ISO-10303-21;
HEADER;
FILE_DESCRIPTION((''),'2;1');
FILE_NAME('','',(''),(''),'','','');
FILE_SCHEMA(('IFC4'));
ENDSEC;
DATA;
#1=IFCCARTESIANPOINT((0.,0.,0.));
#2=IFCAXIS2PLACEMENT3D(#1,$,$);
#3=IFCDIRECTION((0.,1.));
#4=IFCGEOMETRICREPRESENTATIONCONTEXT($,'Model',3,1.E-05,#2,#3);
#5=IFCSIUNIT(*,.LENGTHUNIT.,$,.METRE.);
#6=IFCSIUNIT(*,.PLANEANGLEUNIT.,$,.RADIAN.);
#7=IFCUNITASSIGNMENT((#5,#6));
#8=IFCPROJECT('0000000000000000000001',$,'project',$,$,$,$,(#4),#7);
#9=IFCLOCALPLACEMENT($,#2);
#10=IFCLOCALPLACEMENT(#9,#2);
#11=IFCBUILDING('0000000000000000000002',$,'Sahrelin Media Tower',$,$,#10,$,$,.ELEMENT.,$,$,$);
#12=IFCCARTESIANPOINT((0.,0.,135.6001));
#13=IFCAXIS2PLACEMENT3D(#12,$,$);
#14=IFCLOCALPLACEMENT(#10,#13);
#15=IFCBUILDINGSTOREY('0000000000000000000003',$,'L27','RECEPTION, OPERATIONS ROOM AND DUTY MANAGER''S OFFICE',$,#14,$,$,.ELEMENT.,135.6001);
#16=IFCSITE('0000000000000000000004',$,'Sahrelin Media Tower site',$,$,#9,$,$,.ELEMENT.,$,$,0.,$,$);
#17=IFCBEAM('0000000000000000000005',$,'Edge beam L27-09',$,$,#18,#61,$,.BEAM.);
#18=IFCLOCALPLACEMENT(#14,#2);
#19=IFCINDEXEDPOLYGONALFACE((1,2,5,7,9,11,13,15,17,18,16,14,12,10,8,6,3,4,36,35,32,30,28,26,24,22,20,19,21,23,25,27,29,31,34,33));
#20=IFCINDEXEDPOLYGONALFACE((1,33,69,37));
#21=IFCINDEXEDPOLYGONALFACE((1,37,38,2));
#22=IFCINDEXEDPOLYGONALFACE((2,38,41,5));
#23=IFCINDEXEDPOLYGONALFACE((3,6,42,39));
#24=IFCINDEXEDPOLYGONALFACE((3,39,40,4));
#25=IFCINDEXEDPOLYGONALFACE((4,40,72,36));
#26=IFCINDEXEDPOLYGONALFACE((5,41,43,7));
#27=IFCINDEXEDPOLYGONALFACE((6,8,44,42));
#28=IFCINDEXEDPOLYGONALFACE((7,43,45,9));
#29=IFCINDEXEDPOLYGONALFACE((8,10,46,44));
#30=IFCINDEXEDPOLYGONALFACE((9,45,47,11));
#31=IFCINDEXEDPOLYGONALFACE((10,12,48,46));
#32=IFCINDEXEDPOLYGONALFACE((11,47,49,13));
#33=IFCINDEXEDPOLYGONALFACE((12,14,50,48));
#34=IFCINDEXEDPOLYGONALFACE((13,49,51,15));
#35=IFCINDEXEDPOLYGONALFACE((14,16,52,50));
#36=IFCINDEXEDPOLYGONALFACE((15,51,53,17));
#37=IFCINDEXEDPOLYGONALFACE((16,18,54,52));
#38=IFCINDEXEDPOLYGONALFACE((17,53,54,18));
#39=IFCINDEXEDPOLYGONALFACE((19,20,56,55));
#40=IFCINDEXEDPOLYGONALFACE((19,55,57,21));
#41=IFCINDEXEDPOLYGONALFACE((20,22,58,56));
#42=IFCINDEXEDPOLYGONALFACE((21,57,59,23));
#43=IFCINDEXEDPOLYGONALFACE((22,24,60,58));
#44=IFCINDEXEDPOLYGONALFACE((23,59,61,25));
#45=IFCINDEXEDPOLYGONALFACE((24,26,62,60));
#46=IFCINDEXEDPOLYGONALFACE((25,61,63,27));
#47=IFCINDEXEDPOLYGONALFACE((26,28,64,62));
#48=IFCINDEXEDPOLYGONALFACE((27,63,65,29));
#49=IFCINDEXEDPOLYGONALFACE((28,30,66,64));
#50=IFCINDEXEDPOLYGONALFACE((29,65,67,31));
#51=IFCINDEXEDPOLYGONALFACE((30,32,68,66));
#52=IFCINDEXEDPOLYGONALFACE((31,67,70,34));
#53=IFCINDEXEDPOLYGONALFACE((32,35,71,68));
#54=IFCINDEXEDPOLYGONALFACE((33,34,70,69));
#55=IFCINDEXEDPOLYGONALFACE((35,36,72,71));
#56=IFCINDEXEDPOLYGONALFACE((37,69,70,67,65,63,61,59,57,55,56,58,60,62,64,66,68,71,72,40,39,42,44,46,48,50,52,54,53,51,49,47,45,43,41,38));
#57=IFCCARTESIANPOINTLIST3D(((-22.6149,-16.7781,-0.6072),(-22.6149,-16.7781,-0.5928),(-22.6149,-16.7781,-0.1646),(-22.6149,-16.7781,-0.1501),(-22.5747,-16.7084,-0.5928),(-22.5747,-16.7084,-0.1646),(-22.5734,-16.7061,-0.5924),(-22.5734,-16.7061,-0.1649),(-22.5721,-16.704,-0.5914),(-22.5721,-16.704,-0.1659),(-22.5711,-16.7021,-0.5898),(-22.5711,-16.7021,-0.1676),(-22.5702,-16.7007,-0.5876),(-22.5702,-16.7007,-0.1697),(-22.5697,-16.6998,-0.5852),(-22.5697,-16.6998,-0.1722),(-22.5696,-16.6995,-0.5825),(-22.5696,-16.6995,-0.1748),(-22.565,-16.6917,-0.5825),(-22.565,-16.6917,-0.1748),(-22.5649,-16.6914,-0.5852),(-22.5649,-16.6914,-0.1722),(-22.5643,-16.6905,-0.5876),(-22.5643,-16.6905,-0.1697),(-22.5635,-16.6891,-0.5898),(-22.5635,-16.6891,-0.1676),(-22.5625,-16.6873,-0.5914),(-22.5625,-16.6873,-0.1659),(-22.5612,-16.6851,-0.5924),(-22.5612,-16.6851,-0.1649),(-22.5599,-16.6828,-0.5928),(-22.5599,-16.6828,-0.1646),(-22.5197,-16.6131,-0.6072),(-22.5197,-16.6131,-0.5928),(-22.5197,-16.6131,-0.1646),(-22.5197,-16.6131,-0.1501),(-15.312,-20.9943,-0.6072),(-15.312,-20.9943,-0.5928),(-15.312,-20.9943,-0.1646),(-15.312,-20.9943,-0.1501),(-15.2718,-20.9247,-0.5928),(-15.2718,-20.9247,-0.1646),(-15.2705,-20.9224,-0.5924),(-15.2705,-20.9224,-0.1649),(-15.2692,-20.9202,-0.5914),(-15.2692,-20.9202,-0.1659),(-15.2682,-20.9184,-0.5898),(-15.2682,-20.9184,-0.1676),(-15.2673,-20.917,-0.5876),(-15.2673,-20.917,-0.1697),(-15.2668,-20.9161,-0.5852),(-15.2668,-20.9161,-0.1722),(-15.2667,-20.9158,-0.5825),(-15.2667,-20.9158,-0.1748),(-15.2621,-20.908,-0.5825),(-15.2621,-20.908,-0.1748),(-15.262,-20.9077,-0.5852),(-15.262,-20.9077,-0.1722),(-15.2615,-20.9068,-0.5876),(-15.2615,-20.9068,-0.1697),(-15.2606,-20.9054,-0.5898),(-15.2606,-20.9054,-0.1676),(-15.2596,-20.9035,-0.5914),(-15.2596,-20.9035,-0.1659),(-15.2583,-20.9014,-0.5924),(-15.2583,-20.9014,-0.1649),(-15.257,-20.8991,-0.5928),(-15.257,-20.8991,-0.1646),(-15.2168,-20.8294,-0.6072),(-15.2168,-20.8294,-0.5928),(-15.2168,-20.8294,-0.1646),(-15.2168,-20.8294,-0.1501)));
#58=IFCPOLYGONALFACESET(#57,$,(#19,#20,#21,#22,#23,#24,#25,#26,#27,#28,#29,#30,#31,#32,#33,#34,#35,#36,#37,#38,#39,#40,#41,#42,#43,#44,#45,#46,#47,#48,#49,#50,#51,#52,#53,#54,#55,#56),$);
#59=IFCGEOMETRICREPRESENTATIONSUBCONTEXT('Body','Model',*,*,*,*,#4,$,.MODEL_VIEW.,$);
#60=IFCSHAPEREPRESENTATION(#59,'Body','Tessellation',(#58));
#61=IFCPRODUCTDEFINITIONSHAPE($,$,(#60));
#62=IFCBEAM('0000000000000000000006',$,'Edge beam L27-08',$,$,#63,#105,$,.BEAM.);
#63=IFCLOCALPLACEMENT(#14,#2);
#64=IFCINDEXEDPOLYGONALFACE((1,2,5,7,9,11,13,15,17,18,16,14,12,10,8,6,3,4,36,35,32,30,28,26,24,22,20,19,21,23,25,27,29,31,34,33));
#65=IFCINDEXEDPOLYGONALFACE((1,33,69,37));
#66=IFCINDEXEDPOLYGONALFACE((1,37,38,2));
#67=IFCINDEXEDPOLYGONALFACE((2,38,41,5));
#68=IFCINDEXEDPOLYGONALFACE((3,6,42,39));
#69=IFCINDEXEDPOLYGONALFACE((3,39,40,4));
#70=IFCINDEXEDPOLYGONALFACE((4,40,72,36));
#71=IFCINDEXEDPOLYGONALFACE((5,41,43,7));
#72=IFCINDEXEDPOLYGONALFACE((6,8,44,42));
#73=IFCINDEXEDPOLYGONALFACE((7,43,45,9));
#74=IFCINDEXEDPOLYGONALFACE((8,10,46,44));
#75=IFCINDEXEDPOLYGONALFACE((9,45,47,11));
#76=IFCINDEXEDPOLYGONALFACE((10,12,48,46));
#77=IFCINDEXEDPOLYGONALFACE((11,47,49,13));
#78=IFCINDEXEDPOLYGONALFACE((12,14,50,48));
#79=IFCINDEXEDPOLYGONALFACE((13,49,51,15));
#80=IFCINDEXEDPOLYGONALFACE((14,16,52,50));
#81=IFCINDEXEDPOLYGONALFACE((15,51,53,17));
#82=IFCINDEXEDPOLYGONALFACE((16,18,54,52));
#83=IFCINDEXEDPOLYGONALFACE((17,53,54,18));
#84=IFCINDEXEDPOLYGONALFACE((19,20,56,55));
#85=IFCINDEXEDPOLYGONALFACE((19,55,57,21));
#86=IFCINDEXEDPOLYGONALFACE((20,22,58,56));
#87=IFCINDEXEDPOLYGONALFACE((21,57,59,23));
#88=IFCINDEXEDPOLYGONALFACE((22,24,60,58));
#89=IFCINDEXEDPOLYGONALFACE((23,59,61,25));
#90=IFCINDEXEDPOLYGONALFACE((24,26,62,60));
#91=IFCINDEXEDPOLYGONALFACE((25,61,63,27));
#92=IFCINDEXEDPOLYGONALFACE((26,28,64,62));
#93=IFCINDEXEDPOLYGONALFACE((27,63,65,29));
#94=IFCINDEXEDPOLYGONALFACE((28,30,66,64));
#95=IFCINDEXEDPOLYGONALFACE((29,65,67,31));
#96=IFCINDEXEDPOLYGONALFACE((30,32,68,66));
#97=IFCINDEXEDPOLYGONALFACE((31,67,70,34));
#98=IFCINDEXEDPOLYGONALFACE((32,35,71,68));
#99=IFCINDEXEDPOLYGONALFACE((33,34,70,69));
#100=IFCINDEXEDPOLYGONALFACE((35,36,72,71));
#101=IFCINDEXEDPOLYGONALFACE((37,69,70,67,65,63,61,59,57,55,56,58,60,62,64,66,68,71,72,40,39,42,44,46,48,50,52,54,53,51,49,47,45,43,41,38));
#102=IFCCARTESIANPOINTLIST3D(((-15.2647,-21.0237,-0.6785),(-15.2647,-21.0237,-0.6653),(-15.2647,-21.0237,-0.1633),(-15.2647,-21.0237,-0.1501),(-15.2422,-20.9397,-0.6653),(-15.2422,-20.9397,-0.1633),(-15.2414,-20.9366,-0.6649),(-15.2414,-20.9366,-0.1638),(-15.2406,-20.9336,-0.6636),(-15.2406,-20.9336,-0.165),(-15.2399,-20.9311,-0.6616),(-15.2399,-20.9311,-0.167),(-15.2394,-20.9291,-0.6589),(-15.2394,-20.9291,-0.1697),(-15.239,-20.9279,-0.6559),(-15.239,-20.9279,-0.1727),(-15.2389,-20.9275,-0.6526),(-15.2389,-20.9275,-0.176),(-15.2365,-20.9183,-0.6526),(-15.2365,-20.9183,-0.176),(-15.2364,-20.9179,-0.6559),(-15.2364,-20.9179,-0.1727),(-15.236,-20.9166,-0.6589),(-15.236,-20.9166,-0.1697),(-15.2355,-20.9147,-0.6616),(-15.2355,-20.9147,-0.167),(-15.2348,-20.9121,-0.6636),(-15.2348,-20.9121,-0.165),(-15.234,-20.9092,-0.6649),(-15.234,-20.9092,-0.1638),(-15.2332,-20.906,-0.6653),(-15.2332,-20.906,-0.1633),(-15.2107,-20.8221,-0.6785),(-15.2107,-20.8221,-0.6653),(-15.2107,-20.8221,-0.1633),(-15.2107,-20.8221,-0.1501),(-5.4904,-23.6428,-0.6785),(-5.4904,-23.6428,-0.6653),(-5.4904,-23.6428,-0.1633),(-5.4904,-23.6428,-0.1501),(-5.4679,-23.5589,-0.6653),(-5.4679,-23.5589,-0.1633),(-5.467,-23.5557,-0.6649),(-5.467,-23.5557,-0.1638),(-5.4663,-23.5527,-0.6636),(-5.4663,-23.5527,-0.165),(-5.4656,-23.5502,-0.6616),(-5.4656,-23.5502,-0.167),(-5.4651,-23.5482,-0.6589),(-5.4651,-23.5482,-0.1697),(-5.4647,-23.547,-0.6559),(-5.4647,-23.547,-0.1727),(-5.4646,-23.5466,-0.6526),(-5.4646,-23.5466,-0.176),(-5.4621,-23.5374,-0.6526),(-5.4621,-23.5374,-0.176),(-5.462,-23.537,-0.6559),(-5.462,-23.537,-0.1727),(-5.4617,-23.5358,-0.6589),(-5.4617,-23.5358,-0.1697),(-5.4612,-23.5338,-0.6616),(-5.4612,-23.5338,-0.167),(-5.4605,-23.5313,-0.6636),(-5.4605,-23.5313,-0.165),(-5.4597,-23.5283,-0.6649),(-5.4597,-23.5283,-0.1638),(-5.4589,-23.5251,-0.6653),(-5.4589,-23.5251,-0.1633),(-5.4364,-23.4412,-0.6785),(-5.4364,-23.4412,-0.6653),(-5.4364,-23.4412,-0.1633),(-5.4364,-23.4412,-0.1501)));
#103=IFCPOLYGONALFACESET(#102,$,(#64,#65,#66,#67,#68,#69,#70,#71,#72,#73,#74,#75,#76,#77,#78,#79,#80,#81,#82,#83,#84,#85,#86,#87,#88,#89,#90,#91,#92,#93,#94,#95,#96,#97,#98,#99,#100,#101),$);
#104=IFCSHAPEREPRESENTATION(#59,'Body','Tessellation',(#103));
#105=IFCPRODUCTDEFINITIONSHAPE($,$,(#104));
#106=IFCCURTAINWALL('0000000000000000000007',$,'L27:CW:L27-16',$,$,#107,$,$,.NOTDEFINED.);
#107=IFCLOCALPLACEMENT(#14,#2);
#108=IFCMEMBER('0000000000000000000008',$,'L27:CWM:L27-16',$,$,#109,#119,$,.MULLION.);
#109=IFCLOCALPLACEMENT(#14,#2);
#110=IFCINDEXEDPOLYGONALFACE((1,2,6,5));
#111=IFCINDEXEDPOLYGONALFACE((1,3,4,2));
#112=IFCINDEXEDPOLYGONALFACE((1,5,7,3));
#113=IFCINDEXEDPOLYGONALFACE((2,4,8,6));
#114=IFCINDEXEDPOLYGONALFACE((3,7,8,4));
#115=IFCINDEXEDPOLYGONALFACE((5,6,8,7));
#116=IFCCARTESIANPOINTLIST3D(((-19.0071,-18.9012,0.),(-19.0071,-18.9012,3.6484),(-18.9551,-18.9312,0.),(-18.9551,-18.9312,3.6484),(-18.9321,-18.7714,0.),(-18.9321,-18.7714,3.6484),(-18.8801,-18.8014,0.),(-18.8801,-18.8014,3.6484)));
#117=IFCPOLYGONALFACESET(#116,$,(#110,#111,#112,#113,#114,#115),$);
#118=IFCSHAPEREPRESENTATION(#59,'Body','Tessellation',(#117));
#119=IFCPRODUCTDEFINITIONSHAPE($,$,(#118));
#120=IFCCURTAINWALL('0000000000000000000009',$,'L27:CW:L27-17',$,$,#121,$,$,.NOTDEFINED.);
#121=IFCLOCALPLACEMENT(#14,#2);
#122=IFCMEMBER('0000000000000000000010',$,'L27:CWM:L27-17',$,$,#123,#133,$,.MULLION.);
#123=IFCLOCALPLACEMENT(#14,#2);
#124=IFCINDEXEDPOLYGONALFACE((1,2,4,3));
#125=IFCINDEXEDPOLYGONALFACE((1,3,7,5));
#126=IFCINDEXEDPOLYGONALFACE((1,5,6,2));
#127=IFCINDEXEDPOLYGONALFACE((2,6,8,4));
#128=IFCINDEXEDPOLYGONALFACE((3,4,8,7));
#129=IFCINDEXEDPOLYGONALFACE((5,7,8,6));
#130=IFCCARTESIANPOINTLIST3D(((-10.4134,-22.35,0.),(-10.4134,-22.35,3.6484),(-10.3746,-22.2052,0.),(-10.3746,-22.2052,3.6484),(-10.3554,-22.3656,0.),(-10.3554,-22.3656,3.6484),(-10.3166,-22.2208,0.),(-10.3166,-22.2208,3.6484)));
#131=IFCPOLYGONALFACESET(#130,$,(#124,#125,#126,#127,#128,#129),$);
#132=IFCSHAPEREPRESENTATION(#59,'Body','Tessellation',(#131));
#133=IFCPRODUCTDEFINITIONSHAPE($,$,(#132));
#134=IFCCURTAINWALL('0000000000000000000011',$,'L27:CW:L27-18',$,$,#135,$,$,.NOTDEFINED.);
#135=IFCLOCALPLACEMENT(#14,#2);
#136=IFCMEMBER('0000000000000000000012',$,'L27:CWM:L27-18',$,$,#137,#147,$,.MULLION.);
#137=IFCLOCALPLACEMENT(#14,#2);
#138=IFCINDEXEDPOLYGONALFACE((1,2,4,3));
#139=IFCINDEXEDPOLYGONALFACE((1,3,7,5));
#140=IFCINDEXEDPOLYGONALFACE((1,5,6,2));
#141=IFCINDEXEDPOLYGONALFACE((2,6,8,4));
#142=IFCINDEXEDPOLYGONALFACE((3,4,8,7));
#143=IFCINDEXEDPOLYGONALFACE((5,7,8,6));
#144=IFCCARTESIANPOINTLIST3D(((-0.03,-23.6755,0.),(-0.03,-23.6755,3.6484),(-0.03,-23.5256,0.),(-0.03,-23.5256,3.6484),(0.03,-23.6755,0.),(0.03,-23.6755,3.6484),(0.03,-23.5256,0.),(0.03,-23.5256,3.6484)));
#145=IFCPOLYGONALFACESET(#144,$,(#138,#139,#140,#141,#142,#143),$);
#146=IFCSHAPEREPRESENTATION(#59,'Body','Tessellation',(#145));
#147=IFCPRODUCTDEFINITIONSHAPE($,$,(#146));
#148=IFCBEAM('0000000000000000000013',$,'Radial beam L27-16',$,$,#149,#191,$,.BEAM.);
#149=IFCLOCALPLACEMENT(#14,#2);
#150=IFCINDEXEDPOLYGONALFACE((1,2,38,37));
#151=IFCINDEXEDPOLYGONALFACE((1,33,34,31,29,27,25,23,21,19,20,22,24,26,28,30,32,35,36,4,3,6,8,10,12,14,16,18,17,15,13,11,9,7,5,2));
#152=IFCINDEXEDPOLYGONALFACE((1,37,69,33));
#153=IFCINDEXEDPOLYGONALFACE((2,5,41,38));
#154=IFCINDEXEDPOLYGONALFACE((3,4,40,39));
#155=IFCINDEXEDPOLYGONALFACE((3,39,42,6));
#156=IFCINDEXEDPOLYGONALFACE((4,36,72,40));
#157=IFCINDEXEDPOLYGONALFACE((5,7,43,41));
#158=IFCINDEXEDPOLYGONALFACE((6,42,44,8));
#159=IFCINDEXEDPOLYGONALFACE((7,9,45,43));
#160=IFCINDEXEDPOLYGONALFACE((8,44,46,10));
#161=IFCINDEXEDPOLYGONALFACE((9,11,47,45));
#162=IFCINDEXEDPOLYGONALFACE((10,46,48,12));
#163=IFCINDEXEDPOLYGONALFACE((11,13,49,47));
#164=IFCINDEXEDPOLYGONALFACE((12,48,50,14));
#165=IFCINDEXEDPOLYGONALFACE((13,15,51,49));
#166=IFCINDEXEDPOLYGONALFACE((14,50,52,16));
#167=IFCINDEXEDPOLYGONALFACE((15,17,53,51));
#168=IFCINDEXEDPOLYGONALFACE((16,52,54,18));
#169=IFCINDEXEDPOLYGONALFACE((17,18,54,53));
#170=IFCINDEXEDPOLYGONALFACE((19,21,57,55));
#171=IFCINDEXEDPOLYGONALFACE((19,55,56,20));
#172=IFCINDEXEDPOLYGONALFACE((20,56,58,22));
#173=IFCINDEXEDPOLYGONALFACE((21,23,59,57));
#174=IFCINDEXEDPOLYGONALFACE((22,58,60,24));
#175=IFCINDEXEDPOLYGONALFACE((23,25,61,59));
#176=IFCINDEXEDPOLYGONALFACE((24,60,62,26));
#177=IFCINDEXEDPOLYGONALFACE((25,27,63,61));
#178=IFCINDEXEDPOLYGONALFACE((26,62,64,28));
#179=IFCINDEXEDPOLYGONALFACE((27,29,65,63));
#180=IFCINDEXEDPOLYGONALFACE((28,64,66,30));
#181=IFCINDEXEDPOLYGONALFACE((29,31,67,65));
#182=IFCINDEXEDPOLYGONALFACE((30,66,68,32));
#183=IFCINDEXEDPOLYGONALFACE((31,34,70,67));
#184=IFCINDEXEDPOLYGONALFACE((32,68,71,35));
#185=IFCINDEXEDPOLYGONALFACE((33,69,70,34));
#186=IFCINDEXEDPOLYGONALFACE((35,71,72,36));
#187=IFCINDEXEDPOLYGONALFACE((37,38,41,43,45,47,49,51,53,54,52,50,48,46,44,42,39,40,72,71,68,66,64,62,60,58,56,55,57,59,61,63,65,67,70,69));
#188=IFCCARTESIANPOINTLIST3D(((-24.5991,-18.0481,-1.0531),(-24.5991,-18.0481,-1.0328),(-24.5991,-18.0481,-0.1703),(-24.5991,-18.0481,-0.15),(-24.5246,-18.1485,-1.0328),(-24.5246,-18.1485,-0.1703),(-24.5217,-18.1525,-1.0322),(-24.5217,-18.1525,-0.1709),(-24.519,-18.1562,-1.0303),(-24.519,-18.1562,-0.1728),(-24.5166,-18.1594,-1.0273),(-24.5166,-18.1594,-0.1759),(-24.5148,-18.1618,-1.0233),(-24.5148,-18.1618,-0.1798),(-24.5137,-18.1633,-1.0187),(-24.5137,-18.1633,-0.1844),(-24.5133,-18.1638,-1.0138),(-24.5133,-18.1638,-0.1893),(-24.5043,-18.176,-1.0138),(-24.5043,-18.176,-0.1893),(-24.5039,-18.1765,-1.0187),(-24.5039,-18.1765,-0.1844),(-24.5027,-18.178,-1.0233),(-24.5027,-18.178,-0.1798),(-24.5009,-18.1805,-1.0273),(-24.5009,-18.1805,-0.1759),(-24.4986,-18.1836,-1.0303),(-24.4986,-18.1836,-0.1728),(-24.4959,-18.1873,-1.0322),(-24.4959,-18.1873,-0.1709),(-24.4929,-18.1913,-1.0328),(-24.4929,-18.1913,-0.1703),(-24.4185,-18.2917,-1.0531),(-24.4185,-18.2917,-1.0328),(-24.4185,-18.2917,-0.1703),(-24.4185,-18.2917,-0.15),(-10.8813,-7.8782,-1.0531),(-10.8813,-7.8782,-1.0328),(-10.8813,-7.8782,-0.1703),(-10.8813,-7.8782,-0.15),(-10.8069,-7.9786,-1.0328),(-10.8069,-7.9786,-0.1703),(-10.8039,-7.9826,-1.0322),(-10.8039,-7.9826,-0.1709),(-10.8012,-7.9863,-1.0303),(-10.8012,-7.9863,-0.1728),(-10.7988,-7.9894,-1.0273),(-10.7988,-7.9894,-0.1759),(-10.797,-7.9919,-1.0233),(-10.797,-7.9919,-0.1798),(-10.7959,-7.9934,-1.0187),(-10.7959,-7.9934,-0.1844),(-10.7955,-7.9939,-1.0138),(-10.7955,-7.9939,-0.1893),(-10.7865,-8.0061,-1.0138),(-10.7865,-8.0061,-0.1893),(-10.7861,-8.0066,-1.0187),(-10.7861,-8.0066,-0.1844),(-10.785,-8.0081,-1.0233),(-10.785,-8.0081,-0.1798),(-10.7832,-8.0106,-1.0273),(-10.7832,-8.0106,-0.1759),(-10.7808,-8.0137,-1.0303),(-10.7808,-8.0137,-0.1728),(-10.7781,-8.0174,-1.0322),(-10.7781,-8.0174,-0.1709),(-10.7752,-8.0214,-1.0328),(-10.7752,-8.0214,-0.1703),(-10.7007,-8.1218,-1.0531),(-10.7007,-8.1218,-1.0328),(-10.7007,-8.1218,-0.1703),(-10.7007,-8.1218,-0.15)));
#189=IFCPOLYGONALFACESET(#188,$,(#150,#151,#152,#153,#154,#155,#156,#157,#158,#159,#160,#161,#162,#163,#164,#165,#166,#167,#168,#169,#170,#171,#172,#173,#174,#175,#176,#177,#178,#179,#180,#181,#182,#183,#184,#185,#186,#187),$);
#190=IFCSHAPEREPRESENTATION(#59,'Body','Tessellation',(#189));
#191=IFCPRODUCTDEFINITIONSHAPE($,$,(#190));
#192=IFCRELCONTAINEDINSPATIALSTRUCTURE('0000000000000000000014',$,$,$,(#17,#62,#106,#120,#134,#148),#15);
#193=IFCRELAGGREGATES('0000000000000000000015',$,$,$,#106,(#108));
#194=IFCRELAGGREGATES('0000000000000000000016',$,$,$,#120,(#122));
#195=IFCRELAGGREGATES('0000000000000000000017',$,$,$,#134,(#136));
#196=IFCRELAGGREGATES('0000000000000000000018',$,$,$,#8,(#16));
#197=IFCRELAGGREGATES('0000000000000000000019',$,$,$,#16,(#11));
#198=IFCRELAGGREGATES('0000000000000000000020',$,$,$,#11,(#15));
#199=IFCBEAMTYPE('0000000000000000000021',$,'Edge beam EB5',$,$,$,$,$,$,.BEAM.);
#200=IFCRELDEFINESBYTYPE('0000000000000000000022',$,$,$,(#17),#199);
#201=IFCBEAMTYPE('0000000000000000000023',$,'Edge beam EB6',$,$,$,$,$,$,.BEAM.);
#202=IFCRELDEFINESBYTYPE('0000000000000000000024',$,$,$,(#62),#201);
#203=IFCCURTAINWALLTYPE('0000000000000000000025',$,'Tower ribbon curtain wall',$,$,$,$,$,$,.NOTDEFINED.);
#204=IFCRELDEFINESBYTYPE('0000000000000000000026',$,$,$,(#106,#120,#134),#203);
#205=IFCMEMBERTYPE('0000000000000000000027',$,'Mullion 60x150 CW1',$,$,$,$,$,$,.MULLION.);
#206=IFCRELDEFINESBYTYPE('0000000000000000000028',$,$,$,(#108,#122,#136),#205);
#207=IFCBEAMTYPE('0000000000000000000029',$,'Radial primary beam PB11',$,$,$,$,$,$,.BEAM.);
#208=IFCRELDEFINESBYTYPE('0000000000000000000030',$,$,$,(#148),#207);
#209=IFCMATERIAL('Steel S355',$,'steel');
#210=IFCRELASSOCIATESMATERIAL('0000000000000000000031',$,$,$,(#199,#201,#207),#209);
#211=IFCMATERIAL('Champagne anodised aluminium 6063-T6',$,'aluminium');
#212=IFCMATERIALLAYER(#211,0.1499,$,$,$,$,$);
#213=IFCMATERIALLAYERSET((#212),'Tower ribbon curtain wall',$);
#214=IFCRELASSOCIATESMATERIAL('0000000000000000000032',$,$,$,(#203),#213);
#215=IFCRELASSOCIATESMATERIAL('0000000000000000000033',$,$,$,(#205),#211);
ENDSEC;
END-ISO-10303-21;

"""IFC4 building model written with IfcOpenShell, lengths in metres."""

from ifc_helpers import new_model, si_unit, direction, frame, origin, origin_2d, place, context, subcontext, project, spatial, rectangle, i_section, extrude, material, layer, layer_set, material_profile, profile_set, type_object, element, aggregate, save


model = new_model("IFC4")

# Units and contexts
model_context = context("Model", 3, precision=1e-05, world=origin(), true_north=direction((0.0, 1.0)))
body_context = subcontext(model_context, "Body", "Model", "MODEL_VIEW")
ifc_project = project(units=[si_unit("LENGTHUNIT", "METRE"), si_unit("PLANEANGLEUNIT", "RADIAN")], contexts=[model_context])

# Site, building, storey
site_placement = place(None, origin())
site = spatial("IfcSite", under=ifc_project, at=site_placement, Name="Sahrelin Media Tower site", CompositionType="ELEMENT", RefElevation=0.0)
building_placement = place(site_placement, origin())
building = spatial("IfcBuilding", under=site, at=building_placement, Name="Sahrelin Media Tower", CompositionType="ELEMENT")
storey_placement = place(building_placement, frame((0.0, 0.0, 135.6001)))
storey = spatial("IfcBuildingStorey", under=building, at=storey_placement, Name="L27", Description="RECEPTION, OPERATIONS ROOM AND DUTY MANAGER'S OFFICE", CompositionType="ELEMENT", Elevation=135.6001)

# Beams
ifc_material_1 = material(Name="Steel S355", Category="steel")
ifc_material_profile_1 = material_profile(ifc_material_1, i_section(OverallWidth=0.1904, OverallDepth=0.457, WebThickness=0.009, FlangeThickness=0.0144, FilletRadius=0.0103, at=origin_2d()), Name="UB 457x191x74")
ifc_profile_set_1 = profile_set([ifc_material_profile_1], Name="Steel S355")
beam_type_1 = type_object("IfcBeamType", Name="Edge beam EB5", PredefinedType="BEAM", material=ifc_profile_set_1)
beam_1_placement = place(storey_placement, frame((-15.2644, -20.9119, -0.3787), z_axis=(-0.866029, 0.499994, 0.0), x_axis=(-0.499994, -0.866029, 0.0)))
element("IfcBeam", 1, at=beam_1_placement, inside=storey, type_object=beam_type_1, Name="Edge beam L27-09", PredefinedType="BEAM", context=body_context, shape_type="SweptSolid", body=[
    extrude(i_section(OverallWidth=0.1904, OverallDepth=0.457, WebThickness=0.009, FlangeThickness=0.0144, FilletRadius=0.0103, at=origin_2d()), origin(), (0.0, 0.0, 1.0), 8.4326),
])
ifc_material_profile_2 = material_profile(ifc_material_1, i_section(OverallWidth=0.2087, OverallDepth=0.5283, WebThickness=0.0095, FlangeThickness=0.0132, FilletRadius=0.0127, at=origin_2d()), Name="UB 533x210x82")
ifc_profile_set_2 = profile_set([ifc_material_profile_2], Name="Steel S355")
beam_type_2 = type_object("IfcBeamType", Name="Edge beam EB6", PredefinedType="BEAM", material=ifc_profile_set_2)
beam_2_placement = place(storey_placement, frame((-5.4634, -23.542, -0.4143), z_axis=(-0.965923, 0.258828, 0.0), x_axis=(-0.258828, -0.965923, 0.0)))
element("IfcBeam", 2, at=beam_2_placement, inside=storey, type_object=beam_type_2, Name="Edge beam L27-08", PredefinedType="BEAM", context=body_context, shape_type="SweptSolid", body=[
    extrude(i_section(OverallWidth=0.2087, OverallDepth=0.5283, WebThickness=0.0095, FlangeThickness=0.0132, FilletRadius=0.0127, at=origin_2d()), origin(), (0.0, 0.0, 1.0), 10.1191),
])

# Curtain walls, members
ifc_material_2 = material(Name="Champagne anodised aluminium 6063-T6", Category="aluminium")
ifc_layer_1 = layer(ifc_material_2, 0.1499)
ifc_layer_set_1 = layer_set([ifc_layer_1], Name="Tower ribbon curtain wall")
curtain_wall_type = type_object("IfcCurtainWallType", Name="Tower ribbon curtain wall", PredefinedType="NOTDEFINED", material=ifc_layer_set_1)
curtain_wall_1_placement = place(storey_placement, frame((-18.991, -18.9336, 0.0), z_axis=(0.0, 0.0, 1.0), x_axis=(1.0, 0.0, 0.0)))
curtain_wall_1 = element("IfcCurtainWall", 3, at=curtain_wall_1_placement, inside=storey, type_object=curtain_wall_type, Name="L27:CW:L27-16", PredefinedType="NOTDEFINED")
ifc_material_profile_3 = material_profile(ifc_material_2, rectangle(XDim=0.0601, YDim=0.1499, at=origin_2d()), Name="Mullion 60x150")
ifc_profile_set_3 = profile_set([ifc_material_profile_3], Name="Champagne anodised aluminium 6063-T6")
member_type_1 = type_object("IfcMemberType", Name="Mullion 60x150 CW1", PredefinedType="MULLION", material=ifc_profile_set_3)
member_1_placement = place(storey_placement, frame((-18.9436, -18.8513, 0.0), z_axis=(0.0, 0.0, 1.0), x_axis=(0.866027, -0.499997, 0.0)))
member_1 = element("IfcMember", 4, at=member_1_placement, type_object=member_type_1, Name="L27:CWM:L27-16", PredefinedType="MULLION", context=body_context, shape_type="SweptSolid", body=[
    extrude(rectangle(XDim=0.0601, YDim=0.1499, at=origin_2d()), origin(), (0.0, 0.0, 1.0), 3.6484),
])
aggregate(curtain_wall_1, [member_1])
curtain_wall_2_placement = place(storey_placement, frame((-10.3894, -22.3772, 0.0), z_axis=(0.0, 0.0, 1.0), x_axis=(1.0, 0.0, 0.0)))
curtain_wall_2 = element("IfcCurtainWall", 5, at=curtain_wall_2_placement, inside=storey, type_object=curtain_wall_type, Name="L27:CW:L27-17", PredefinedType="NOTDEFINED")
member_2_placement = place(storey_placement, frame((-10.365, -22.2854, 0.0), z_axis=(0.0, 0.0, 1.0), x_axis=(0.965926, -0.258819, 0.0)))
member_2 = element("IfcMember", 6, at=member_2_placement, type_object=member_type_1, Name="L27:CWM:L27-17", PredefinedType="MULLION", context=body_context, shape_type="SweptSolid", body=[
    extrude(rectangle(XDim=0.0601, YDim=0.1499, at=origin_2d()), origin(), (0.0, 0.0, 1.0), 3.6484),
])
curtain_wall_3_placement = place(storey_placement, frame((0.0, -23.6958, 0.0), z_axis=(0.0, 0.0, 1.0), x_axis=(1.0, 0.0, 0.0)))
curtain_wall_3 = element("IfcCurtainWall", 7, at=curtain_wall_3_placement, inside=storey, type_object=curtain_wall_type, Name="L27:CW:L27-18", PredefinedType="NOTDEFINED")
member_3_placement = place(storey_placement, frame((0.0, -23.6006, 0.0), z_axis=(0.0, 0.0, 1.0), x_axis=(1.0, 0.0, 0.0)))
member_3 = element("IfcMember", 8, at=member_3_placement, type_object=member_type_1, Name="L27:CWM:L27-18", PredefinedType="MULLION", context=body_context, shape_type="SweptSolid", body=[
    extrude(rectangle(XDim=0.0601, YDim=0.1499, at=origin_2d()), origin(), (0.0, 0.0, 1.0), 3.6484),
])

# Beam
ifc_material_profile_4 = material_profile(ifc_material_1, i_section(OverallWidth=0.3032, OverallDepth=0.9031, WebThickness=0.0151, FlangeThickness=0.0203, FilletRadius=0.019, at=origin_2d()), Name="UB 914x305x201")
ifc_profile_set_4 = profile_set([ifc_material_profile_4], Name="Steel S355")
beam_type_3 = type_object("IfcBeamType", Name="Radial primary beam PB11", PredefinedType="BEAM", material=ifc_profile_set_4)
beam_3_placement = place(storey_placement, frame((-10.791, -8.0, -0.6016), z_axis=(-0.803316, -0.595553, 0.0), x_axis=(0.595553, -0.803316, 0.0)))
element("IfcBeam", 9, at=beam_3_placement, inside=storey, type_object=beam_type_3, Name="Radial beam L27-16", PredefinedType="BEAM", context=body_context, shape_type="SweptSolid", body=[
    extrude(i_section(OverallWidth=0.3032, OverallDepth=0.9031, WebThickness=0.0151, FlangeThickness=0.0203, FilletRadius=0.019, at=origin_2d()), origin(), (0.0, 0.0, 1.0), 17.0764),
])

aggregate(curtain_wall_2, [member_2])
aggregate(curtain_wall_3, [member_3])

save(model, "model.ifc")
